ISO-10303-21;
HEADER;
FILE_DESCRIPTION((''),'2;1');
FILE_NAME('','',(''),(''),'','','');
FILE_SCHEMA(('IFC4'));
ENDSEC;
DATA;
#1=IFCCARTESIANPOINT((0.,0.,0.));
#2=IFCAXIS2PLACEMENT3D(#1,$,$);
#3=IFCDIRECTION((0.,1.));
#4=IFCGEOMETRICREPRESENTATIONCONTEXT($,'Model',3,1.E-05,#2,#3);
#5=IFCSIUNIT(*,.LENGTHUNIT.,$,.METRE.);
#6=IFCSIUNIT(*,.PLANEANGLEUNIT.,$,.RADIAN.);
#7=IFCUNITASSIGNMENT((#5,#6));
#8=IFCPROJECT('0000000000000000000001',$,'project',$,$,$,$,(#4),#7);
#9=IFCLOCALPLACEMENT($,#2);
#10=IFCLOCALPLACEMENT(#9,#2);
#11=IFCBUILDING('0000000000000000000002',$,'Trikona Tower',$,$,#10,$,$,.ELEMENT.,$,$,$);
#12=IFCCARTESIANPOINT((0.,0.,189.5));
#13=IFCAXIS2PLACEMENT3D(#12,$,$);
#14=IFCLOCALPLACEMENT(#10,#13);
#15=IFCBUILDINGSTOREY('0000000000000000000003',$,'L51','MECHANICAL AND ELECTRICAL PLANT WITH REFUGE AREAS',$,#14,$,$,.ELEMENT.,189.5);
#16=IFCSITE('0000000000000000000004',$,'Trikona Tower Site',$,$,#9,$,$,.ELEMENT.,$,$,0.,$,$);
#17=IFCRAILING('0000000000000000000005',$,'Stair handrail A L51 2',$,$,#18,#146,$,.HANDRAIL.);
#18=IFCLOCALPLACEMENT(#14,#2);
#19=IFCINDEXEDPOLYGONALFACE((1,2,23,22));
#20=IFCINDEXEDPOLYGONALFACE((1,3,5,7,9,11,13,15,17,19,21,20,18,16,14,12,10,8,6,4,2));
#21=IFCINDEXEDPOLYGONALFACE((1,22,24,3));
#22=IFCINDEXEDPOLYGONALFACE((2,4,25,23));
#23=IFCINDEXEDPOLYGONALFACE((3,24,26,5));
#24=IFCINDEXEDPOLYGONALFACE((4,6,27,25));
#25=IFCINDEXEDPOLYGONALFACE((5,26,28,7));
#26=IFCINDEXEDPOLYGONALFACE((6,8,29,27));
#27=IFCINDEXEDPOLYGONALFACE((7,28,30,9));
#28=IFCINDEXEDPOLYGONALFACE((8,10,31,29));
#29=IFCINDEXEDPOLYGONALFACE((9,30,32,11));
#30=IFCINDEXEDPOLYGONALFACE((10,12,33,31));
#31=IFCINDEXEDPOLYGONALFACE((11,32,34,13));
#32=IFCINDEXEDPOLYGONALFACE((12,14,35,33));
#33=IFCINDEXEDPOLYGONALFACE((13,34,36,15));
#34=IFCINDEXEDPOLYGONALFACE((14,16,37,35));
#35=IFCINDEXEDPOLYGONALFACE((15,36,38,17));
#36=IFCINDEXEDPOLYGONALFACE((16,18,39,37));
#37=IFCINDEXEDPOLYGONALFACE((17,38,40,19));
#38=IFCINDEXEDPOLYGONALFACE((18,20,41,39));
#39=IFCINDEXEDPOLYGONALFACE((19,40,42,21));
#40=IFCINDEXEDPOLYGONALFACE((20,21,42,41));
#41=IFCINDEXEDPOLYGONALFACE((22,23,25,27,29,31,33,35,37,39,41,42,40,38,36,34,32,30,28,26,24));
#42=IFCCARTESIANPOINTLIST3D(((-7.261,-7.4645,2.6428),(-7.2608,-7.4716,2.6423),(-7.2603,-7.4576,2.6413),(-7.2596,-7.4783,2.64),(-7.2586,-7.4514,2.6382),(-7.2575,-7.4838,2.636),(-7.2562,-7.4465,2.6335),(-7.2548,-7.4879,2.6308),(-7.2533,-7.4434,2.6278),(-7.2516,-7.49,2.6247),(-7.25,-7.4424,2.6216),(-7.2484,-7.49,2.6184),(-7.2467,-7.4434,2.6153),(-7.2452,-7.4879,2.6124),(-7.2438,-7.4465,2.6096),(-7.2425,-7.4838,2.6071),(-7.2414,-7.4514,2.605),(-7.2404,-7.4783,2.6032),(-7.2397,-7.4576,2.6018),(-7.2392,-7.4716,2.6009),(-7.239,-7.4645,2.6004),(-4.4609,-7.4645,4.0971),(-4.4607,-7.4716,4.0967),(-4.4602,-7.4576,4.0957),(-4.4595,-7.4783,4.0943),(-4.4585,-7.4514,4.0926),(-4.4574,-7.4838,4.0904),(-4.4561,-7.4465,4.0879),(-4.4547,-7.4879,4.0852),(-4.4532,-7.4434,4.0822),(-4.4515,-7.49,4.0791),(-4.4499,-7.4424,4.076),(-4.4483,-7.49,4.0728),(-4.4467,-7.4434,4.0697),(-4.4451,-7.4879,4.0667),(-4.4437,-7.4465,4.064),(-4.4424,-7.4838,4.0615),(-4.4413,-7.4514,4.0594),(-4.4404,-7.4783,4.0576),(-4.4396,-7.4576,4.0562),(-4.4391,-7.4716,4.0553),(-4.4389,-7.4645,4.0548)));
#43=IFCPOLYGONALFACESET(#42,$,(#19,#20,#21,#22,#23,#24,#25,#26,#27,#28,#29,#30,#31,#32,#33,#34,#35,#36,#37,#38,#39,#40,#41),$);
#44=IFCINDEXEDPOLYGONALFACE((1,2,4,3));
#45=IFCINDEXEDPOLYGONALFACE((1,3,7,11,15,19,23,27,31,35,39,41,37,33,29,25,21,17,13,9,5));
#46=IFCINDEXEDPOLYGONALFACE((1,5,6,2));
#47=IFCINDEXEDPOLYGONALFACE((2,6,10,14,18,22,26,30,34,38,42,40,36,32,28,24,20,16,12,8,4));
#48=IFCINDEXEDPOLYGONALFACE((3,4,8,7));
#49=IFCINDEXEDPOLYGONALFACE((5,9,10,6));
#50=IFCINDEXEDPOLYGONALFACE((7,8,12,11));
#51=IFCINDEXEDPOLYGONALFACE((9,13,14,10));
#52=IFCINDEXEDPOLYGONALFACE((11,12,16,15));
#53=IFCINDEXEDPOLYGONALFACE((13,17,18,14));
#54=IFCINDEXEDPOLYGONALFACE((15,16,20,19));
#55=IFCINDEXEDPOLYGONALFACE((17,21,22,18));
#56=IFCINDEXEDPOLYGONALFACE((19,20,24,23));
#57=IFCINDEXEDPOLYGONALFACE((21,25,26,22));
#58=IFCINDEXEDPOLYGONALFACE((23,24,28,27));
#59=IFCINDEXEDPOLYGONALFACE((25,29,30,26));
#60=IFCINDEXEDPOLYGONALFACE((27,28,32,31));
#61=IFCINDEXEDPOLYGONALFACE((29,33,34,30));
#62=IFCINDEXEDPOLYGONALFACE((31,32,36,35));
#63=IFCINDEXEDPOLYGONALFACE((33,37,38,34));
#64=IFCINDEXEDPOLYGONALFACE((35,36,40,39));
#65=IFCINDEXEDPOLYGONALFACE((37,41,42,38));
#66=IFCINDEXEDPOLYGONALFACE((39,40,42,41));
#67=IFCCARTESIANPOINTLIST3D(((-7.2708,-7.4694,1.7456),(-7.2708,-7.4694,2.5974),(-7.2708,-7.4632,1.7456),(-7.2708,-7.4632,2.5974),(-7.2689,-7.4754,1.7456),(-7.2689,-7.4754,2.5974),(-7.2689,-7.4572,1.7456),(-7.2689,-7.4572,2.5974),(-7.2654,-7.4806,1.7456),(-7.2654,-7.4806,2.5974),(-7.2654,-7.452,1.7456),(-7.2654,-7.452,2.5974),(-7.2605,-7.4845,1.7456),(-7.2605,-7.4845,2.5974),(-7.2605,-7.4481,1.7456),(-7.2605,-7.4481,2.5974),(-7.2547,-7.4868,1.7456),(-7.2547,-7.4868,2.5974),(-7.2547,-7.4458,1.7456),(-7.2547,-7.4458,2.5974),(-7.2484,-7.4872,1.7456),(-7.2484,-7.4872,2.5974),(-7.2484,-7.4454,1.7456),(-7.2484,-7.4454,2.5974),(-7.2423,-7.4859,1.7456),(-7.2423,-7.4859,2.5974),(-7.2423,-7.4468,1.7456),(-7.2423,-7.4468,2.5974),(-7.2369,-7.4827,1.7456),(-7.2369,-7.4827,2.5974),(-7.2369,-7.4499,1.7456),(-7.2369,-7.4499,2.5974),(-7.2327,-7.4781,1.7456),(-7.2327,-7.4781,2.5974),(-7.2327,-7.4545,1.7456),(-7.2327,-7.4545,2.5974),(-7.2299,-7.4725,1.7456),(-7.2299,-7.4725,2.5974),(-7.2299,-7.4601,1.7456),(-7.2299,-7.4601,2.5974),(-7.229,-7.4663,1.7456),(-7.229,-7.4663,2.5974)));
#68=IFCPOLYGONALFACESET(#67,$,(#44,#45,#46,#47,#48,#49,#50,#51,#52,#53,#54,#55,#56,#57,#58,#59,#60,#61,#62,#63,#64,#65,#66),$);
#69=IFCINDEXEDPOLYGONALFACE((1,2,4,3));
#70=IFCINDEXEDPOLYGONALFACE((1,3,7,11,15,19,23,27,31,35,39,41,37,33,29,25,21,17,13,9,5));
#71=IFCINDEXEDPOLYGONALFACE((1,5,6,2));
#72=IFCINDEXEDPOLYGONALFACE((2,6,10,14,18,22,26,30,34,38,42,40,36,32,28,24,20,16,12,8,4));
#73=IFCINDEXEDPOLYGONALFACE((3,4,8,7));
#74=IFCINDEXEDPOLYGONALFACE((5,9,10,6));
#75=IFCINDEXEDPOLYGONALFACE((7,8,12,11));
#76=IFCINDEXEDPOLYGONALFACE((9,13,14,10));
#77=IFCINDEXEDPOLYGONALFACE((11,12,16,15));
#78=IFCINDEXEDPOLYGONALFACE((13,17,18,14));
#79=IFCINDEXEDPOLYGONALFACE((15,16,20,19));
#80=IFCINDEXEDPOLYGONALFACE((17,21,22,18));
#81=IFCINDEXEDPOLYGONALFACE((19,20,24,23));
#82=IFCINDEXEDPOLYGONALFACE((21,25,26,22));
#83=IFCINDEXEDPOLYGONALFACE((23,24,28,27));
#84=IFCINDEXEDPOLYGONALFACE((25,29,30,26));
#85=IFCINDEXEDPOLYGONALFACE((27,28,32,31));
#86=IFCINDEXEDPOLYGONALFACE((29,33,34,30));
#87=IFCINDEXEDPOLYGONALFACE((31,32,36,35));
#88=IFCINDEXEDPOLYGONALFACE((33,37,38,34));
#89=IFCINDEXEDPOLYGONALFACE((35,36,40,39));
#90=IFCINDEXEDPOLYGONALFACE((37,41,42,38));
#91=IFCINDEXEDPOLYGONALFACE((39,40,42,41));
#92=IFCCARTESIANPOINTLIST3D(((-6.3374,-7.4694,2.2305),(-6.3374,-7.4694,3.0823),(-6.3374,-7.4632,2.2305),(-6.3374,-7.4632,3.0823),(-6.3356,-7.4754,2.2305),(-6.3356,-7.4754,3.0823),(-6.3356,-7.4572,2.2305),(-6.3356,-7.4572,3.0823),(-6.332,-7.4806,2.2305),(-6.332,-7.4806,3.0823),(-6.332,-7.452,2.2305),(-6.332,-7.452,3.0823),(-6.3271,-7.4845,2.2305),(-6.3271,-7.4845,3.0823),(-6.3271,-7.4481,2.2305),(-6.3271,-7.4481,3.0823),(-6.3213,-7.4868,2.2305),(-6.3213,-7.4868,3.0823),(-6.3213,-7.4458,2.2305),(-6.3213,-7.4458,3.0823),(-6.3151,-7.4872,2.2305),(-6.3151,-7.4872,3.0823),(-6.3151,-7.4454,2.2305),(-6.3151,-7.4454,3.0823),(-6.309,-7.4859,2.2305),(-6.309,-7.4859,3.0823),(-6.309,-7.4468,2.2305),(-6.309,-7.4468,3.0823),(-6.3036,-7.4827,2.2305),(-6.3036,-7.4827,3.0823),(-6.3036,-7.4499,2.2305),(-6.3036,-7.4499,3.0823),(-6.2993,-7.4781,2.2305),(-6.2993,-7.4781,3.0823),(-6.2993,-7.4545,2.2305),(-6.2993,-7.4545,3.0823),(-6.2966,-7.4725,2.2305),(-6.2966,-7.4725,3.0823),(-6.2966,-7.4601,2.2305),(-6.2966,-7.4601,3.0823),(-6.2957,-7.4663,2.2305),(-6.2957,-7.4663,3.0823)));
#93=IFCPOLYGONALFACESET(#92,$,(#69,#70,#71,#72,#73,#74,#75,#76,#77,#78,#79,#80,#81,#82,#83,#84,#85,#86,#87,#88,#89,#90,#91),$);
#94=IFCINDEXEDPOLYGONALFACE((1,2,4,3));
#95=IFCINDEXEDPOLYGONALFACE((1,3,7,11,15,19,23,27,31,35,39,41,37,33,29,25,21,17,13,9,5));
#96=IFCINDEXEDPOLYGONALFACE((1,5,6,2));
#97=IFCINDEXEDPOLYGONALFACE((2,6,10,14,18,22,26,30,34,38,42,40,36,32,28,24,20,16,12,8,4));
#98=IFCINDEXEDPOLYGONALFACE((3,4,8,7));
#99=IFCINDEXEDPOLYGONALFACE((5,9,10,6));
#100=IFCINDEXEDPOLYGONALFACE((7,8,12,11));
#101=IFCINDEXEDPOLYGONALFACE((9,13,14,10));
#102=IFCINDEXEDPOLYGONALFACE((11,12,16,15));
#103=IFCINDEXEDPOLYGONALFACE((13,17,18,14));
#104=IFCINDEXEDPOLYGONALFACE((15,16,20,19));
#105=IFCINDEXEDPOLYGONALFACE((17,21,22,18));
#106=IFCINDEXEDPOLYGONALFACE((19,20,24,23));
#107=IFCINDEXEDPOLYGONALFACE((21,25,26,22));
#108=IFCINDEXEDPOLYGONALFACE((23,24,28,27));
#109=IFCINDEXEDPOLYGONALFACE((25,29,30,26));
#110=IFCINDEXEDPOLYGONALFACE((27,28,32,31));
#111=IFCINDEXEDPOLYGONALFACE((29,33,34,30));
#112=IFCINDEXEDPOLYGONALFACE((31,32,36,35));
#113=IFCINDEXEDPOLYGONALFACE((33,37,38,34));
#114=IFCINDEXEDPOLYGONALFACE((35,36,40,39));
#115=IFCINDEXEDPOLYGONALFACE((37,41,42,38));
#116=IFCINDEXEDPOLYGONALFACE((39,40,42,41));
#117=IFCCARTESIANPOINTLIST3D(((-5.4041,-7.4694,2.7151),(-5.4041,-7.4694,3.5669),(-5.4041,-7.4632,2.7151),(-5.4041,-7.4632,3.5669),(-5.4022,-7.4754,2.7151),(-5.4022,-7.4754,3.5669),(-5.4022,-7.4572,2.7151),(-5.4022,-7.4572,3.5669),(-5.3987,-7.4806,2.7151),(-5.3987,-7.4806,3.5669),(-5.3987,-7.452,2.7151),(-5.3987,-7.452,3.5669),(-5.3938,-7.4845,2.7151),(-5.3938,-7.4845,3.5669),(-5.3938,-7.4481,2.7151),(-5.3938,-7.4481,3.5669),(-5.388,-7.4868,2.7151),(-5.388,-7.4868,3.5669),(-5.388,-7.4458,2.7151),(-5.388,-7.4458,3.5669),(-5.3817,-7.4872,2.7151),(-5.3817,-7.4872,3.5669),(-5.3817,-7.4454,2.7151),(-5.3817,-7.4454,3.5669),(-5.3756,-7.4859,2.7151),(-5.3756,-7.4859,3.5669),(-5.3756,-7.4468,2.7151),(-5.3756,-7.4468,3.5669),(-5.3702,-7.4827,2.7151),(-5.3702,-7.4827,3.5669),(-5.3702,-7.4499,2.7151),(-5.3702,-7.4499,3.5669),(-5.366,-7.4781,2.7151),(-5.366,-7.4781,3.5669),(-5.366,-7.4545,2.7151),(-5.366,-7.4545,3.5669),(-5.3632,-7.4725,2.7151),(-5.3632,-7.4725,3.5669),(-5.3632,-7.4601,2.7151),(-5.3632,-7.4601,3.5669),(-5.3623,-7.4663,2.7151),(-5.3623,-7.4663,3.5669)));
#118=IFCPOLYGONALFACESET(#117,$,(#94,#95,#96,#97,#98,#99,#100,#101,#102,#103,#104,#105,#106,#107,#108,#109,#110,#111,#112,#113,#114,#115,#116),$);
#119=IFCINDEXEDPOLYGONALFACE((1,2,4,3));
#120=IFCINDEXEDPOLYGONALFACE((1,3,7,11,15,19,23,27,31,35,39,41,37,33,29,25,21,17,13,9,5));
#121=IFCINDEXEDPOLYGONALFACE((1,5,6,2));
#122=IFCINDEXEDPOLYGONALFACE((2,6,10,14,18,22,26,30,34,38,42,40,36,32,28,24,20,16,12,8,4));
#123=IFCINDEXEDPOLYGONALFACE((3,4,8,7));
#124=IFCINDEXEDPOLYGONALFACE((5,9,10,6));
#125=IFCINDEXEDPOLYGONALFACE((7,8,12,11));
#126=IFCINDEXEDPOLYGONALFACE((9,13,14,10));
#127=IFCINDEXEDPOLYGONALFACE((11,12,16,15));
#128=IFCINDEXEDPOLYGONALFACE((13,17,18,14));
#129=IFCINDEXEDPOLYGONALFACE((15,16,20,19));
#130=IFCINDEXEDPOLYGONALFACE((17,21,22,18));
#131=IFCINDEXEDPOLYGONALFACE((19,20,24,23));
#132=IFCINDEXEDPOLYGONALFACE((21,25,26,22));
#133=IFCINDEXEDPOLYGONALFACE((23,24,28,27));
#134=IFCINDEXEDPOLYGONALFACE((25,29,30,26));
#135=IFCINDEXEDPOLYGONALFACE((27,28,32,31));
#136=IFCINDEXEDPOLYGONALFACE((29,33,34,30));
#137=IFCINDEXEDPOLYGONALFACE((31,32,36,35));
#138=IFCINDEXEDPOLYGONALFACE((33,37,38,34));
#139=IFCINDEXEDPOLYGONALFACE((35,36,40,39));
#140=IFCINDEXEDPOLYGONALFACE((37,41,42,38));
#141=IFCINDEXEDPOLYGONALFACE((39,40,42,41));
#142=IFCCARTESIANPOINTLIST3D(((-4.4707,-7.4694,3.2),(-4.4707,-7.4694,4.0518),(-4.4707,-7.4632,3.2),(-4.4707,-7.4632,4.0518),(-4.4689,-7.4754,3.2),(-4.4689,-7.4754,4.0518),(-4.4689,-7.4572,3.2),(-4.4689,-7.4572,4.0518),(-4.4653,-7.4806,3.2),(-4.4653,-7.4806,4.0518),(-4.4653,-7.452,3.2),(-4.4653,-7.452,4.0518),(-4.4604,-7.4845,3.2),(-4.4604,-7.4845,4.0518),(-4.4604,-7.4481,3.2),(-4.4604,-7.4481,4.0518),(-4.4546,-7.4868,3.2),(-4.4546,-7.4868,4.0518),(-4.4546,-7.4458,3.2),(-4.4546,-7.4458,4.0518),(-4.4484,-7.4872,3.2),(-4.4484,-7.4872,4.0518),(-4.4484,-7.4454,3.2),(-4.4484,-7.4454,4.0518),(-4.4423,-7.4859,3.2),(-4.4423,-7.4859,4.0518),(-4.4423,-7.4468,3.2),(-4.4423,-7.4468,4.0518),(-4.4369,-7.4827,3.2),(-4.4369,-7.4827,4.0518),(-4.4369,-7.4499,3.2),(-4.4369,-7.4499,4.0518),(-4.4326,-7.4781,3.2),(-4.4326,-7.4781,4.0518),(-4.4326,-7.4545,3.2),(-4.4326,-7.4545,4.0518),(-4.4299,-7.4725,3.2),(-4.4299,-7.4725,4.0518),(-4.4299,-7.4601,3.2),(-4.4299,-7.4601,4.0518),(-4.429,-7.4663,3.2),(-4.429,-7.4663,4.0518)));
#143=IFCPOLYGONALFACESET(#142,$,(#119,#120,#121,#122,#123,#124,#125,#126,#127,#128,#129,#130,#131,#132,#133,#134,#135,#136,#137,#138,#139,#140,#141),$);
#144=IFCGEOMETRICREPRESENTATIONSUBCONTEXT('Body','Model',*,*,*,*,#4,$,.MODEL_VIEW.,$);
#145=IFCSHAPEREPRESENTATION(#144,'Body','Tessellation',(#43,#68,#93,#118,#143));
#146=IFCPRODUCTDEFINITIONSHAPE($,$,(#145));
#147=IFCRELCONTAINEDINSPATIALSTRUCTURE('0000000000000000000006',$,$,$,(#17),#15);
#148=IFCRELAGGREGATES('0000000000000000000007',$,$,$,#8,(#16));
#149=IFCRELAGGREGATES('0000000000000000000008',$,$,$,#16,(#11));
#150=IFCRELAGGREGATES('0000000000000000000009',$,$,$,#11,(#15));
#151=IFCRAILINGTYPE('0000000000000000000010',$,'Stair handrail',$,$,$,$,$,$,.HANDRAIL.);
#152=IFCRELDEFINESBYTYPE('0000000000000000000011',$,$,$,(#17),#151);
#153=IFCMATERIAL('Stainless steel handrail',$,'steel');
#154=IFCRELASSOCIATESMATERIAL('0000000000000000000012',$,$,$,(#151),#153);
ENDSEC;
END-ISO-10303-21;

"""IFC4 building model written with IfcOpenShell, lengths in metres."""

from ifc_helpers import new_model, si_unit, direction, frame, origin, origin_2d, place, context, subcontext, project, spatial, circle, extrude, material, type_object, element, save


model = new_model("IFC4")

# Units and contexts
model_context = context("Model", 3, precision=1e-05, world=origin(), true_north=direction((0.0, 1.0)))
body_context = subcontext(model_context, "Body", "Model", "MODEL_VIEW")
ifc_project = project(units=[si_unit("LENGTHUNIT", "METRE"), si_unit("PLANEANGLEUNIT", "RADIAN")], contexts=[model_context])

# Site, building, storey
site_placement = place(None, origin())
site = spatial("IfcSite", under=ifc_project, at=site_placement, Name="Trikona Tower Site", CompositionType="ELEMENT", RefElevation=0.0)
building_placement = place(site_placement, origin())
building = spatial("IfcBuilding", under=site, at=building_placement, Name="Trikona Tower", CompositionType="ELEMENT")
storey_placement = place(building_placement, frame((0.0, 0.0, 189.5)))
storey = spatial("IfcBuildingStorey", under=building, at=storey_placement, Name="L51", Description="MECHANICAL AND ELECTRICAL PLANT WITH REFUGE AREAS", CompositionType="ELEMENT", Elevation=189.5)

# Railing
ifc_material_1 = material(Name="Stainless steel handrail", Category="steel")
railing_type = type_object("IfcRailingType", Name="Stair handrail", PredefinedType="HANDRAIL", material=ifc_material_1)
railing_1_placement = place(storey_placement, frame((-7.25, -7.4663, 1.7456)))
element("IfcRailing", 1, at=railing_1_placement, inside=storey, type_object=railing_type, Name="Stair handrail A L51 2", PredefinedType="HANDRAIL", context=body_context, shape_type="SweptSolid", body=[
    extrude(circle(Radius=0.0239, at=origin_2d()), frame((0.0, 0.0, 0.876), z_axis=(0.887435, 0.0, 0.460934), x_axis=(0.0, 1.0, 0.0)), (0.0, 0.0, 1.0), 3.1553),
    extrude(circle(Radius=0.021, at=origin_2d()), origin(), (0.0, 0.0, 1.0), 0.8518),
    extrude(circle(Radius=0.021, at=origin_2d()), frame((0.9333, 0.0, 0.4849)), (0.0, 0.0, 1.0), 0.8518),
    extrude(circle(Radius=0.021, at=origin_2d()), frame((1.8667, 0.0, 0.9695)), (0.0, 0.0, 1.0), 0.8518),
    extrude(circle(Radius=0.021, at=origin_2d()), frame((2.8, 0.0, 1.4543)), (0.0, 0.0, 1.0), 0.8518),
])

save(model, "model.ifc")
